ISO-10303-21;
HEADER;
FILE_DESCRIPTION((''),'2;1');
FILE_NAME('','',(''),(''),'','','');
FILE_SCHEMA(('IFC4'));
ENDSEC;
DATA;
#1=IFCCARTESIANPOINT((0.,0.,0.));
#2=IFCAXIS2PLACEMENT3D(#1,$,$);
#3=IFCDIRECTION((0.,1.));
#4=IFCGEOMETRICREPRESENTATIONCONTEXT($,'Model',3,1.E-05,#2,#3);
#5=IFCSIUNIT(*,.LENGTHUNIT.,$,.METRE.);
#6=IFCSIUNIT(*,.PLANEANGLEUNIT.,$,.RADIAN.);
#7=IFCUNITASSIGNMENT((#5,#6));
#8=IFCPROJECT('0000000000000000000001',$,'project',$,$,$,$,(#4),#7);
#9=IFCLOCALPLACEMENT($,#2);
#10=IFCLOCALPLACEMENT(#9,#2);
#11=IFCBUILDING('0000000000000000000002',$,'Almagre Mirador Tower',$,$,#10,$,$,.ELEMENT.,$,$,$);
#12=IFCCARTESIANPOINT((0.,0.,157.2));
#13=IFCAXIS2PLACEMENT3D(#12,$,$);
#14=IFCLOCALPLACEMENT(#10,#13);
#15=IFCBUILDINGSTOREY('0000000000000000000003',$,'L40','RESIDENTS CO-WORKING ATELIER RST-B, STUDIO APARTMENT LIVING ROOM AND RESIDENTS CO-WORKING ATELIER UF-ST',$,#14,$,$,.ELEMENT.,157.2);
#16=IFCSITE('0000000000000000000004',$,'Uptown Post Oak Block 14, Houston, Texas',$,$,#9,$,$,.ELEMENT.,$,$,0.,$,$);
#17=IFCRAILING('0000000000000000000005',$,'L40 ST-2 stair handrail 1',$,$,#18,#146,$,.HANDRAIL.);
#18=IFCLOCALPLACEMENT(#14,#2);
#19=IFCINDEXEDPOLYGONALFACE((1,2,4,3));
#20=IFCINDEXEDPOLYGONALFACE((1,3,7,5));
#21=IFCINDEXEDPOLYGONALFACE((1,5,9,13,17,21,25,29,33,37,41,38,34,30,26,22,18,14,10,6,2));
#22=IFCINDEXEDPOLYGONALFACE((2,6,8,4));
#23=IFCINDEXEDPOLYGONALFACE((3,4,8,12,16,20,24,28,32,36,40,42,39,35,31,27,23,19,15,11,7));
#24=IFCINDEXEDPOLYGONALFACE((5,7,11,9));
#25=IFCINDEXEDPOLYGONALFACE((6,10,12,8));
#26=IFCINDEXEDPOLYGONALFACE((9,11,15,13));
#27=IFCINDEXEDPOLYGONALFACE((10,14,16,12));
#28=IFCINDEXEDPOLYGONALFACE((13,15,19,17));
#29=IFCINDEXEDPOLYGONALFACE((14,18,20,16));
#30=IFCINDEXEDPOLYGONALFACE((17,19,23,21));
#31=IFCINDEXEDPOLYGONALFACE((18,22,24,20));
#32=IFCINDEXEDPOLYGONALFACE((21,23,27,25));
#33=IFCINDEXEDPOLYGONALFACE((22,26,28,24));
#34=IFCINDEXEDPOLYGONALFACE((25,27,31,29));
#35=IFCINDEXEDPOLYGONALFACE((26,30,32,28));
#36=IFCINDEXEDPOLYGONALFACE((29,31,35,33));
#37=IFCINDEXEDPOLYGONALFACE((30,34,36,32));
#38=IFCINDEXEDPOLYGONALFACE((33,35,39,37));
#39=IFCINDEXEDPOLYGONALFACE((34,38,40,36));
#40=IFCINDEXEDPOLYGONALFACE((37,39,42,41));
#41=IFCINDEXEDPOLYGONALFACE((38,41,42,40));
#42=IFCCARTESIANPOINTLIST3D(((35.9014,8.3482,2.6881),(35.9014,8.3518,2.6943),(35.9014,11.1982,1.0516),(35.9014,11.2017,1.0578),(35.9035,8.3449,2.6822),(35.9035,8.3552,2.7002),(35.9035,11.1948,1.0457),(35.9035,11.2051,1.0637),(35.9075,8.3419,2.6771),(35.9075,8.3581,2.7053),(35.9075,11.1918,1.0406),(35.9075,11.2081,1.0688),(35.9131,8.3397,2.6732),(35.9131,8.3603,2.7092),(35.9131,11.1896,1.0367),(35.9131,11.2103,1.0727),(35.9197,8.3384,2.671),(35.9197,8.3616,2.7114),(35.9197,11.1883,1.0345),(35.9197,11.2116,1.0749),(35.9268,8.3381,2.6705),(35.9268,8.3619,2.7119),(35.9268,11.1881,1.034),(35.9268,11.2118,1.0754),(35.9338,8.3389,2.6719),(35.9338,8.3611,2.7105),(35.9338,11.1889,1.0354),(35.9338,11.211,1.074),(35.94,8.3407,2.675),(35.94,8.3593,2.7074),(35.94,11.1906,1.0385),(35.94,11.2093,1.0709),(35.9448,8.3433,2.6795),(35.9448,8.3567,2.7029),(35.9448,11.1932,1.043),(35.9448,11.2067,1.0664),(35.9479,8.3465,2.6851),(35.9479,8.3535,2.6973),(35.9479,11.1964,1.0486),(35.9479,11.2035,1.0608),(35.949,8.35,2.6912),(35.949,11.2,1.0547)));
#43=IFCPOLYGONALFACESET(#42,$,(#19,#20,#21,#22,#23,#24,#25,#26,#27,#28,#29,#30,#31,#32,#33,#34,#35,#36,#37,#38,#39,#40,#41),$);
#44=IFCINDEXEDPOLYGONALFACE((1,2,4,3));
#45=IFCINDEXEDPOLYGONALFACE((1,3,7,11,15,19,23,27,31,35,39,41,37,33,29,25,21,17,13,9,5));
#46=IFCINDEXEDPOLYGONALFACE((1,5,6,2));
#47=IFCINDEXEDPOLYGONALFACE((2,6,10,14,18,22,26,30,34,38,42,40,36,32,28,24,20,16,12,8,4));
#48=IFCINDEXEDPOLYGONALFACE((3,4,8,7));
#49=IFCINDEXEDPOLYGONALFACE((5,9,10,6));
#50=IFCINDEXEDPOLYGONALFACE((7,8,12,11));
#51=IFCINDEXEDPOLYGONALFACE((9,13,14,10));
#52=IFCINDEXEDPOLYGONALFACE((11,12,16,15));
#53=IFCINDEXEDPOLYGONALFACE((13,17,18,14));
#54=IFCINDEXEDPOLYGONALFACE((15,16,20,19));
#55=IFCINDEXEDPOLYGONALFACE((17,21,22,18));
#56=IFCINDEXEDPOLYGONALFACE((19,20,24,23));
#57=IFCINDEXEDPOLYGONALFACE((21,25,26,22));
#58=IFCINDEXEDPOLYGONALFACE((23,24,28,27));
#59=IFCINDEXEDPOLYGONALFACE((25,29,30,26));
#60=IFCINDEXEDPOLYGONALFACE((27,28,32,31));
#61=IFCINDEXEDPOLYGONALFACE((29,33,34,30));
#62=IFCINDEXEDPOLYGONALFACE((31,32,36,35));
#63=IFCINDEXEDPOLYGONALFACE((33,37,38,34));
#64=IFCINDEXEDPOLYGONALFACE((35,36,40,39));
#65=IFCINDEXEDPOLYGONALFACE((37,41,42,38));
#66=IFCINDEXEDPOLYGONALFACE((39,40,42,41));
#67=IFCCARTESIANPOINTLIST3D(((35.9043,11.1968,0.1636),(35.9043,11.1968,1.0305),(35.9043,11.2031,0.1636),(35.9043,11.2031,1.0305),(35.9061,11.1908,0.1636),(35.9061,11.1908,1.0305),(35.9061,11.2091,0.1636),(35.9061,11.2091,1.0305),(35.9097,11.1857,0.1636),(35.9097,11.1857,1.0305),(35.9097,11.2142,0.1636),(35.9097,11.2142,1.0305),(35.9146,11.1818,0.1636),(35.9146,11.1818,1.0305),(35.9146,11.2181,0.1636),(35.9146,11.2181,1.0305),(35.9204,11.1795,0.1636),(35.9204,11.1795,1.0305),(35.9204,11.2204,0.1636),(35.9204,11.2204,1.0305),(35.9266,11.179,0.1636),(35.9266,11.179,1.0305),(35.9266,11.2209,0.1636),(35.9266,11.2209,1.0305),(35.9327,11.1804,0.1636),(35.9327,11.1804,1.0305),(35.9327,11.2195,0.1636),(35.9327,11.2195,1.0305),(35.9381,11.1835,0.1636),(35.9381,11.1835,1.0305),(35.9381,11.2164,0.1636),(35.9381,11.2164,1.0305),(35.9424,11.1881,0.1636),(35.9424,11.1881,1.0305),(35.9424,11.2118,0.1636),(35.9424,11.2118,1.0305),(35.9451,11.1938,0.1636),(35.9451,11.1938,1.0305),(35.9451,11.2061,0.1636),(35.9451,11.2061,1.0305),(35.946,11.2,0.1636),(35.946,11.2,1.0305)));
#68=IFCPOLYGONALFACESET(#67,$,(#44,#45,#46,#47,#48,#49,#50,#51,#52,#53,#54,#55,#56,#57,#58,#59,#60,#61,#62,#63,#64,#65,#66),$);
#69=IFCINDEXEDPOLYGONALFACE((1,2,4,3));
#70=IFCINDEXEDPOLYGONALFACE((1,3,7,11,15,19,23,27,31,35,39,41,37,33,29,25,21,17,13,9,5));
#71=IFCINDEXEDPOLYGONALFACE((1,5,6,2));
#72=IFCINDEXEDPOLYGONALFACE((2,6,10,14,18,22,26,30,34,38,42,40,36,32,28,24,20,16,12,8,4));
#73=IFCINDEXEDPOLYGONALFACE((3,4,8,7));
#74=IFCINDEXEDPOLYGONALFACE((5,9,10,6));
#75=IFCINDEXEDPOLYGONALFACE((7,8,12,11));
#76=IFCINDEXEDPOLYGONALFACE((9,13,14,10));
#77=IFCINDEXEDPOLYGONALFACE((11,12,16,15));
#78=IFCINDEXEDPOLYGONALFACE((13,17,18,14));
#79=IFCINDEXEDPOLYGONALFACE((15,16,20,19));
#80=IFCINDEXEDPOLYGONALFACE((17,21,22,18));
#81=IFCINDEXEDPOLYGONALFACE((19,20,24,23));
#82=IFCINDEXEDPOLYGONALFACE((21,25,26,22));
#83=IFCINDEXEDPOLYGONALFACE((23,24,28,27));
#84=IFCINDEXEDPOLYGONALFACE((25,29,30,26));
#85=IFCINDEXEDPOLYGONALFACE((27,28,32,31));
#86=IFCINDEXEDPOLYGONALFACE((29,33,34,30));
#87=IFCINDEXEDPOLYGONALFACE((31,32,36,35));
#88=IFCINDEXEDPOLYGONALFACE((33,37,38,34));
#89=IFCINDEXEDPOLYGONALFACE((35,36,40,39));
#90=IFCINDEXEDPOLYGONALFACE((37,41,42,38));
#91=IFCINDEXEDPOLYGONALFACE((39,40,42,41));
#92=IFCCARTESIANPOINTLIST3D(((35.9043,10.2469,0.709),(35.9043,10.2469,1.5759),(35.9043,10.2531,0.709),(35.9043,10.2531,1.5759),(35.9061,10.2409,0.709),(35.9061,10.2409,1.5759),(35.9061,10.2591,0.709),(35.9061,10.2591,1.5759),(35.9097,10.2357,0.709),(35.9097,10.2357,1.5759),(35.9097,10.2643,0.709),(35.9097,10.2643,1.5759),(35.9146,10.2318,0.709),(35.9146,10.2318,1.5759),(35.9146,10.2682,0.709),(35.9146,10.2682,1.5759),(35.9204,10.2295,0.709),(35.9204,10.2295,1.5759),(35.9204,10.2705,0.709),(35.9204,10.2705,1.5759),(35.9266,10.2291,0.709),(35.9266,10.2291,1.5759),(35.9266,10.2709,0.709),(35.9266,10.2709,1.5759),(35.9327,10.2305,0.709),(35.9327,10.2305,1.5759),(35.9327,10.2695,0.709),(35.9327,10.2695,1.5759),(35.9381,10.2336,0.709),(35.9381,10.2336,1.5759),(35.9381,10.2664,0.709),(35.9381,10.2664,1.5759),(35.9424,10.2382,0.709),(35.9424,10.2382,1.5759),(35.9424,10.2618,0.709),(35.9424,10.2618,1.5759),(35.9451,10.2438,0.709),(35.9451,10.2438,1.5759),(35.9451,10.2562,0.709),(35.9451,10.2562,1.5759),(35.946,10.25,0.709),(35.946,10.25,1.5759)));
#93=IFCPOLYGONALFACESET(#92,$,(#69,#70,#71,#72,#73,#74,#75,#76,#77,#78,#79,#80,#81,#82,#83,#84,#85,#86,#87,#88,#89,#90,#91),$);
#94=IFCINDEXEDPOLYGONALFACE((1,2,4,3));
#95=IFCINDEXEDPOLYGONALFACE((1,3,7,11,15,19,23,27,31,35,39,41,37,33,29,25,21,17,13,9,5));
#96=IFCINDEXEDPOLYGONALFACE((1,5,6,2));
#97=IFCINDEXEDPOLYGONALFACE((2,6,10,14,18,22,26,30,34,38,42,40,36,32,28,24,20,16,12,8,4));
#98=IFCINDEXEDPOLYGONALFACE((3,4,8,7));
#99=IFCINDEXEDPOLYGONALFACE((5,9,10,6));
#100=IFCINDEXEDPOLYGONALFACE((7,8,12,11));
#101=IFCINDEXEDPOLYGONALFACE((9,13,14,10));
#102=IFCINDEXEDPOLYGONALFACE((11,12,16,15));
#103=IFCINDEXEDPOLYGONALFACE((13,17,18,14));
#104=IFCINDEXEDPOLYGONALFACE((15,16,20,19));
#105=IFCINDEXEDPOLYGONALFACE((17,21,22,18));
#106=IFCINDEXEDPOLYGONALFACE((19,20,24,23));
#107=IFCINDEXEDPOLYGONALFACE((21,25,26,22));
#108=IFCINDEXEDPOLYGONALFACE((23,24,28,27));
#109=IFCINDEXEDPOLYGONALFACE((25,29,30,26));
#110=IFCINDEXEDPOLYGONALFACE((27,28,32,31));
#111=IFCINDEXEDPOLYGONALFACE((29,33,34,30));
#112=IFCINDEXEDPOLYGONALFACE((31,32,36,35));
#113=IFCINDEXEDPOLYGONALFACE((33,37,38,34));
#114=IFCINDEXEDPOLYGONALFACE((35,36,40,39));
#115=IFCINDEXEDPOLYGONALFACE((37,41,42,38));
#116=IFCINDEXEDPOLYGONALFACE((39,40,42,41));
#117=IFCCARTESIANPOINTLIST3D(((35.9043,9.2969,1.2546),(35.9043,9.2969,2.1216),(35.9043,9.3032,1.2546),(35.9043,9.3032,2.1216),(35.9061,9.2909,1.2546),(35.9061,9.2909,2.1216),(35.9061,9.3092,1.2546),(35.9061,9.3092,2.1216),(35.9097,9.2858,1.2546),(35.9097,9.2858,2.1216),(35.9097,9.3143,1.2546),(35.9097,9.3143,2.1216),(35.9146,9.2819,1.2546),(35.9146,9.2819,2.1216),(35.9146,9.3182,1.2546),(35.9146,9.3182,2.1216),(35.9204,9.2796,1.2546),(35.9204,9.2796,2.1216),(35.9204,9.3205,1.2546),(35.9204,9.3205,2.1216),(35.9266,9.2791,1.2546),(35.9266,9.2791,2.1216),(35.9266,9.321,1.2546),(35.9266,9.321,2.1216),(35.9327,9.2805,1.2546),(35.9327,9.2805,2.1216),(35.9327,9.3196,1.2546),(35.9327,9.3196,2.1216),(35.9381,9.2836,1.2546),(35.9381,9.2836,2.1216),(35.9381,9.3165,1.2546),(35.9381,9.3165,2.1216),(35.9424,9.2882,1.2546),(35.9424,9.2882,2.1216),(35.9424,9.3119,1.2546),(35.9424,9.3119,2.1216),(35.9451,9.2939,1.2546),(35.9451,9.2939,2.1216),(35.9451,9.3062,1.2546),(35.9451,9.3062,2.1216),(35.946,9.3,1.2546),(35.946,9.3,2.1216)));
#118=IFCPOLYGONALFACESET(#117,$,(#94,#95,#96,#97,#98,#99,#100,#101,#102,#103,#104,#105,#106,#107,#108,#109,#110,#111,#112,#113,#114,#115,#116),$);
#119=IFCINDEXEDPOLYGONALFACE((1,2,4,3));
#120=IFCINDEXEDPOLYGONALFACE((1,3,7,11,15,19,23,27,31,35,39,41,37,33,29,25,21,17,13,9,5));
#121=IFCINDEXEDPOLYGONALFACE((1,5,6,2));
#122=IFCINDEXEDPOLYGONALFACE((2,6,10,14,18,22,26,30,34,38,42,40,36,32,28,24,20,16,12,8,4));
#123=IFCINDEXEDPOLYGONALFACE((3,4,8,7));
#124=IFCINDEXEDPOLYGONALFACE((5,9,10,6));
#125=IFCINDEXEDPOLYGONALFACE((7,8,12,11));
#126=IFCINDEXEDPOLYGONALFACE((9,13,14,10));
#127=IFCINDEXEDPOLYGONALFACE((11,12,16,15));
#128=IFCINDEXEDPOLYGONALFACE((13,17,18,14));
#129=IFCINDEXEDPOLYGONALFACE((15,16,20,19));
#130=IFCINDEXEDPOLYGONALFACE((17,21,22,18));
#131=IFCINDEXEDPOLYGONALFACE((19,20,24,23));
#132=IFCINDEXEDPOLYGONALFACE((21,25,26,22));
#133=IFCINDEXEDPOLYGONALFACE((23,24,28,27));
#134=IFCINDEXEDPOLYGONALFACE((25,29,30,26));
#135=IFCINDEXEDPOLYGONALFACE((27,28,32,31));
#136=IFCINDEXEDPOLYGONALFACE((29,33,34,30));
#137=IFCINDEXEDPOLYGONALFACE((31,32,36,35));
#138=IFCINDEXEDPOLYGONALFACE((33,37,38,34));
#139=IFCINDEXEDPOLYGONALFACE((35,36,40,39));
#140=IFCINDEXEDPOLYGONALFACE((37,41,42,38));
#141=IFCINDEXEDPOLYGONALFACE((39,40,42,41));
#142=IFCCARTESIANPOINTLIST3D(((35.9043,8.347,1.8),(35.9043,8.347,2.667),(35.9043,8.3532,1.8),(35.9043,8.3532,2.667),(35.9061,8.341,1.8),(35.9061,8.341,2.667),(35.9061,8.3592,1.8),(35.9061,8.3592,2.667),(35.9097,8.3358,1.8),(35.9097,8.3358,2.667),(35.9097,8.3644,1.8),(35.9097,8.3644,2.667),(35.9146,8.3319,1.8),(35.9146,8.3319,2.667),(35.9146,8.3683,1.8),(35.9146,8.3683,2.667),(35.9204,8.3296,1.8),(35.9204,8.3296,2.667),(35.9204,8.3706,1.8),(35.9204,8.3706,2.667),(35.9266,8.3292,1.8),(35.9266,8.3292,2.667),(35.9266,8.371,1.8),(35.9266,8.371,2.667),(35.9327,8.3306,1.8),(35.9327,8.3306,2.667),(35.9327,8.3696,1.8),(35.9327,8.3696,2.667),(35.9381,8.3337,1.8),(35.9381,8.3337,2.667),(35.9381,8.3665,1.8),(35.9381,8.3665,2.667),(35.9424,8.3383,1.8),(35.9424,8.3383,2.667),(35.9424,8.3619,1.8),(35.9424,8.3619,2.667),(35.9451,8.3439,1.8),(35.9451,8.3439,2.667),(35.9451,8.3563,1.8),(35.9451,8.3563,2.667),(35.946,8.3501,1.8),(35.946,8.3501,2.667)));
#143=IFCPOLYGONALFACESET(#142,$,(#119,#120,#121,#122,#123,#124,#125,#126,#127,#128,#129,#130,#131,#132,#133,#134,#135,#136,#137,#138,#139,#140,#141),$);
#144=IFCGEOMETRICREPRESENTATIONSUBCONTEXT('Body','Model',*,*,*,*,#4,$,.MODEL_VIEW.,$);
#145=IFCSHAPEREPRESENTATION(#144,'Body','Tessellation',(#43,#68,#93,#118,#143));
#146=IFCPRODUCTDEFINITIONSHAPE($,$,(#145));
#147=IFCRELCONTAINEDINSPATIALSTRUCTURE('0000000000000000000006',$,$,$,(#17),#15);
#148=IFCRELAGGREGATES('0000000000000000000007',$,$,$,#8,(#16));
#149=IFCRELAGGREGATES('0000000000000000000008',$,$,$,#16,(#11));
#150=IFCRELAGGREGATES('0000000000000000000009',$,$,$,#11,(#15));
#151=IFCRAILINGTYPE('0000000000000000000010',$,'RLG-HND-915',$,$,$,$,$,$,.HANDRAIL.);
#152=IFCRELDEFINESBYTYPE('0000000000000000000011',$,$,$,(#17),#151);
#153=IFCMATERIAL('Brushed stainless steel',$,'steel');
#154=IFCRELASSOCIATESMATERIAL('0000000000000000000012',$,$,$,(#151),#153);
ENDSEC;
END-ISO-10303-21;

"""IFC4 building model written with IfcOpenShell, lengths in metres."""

from ifc_helpers import new_model, si_unit, direction, frame, origin, origin_2d, place, context, subcontext, project, spatial, circle, extrude, material, type_object, element, save


model = new_model("IFC4")

# Units and contexts
model_context = context("Model", 3, precision=1e-05, world=origin(), true_north=direction((0.0, 1.0)))
body_context = subcontext(model_context, "Body", "Model", "MODEL_VIEW")
ifc_project = project(units=[si_unit("LENGTHUNIT", "METRE"), si_unit("PLANEANGLEUNIT", "RADIAN")], contexts=[model_context])

# Site, building, storey
site_placement = place(None, origin())
site = spatial("IfcSite", under=ifc_project, at=site_placement, Name="Uptown Post Oak Block 14, Houston, Texas", CompositionType="ELEMENT", RefElevation=0.0)
building_placement = place(site_placement, origin())
building = spatial("IfcBuilding", under=site, at=building_placement, Name="Almagre Mirador Tower", CompositionType="ELEMENT")
storey_placement = place(building_placement, frame((0.0, 0.0, 157.2)))
storey = spatial("IfcBuildingStorey", under=building, at=storey_placement, Name="L40", Description="RESIDENTS CO-WORKING ATELIER RST-B, STUDIO APARTMENT LIVING ROOM AND RESIDENTS CO-WORKING ATELIER UF-ST", CompositionType="ELEMENT", Elevation=157.2)

# Railing
ifc_material_1 = material(Name="Brushed stainless steel", Category="steel")
railing_type_1 = type_object("IfcRailingType", Name="RLG-HND-915", PredefinedType="HANDRAIL", material=ifc_material_1)
railing_1_placement = place(storey_placement, frame((35.925, 11.2, 0.1636)))
element("IfcRailing", 1, at=railing_1_placement, inside=storey, type_object=railing_type_1, Name="L40 ST-2 stair handrail 1", PredefinedType="HANDRAIL", context=body_context, shape_type="SweptSolid", body=[
    extrude(circle(Radius=0.0239, at=origin_2d()), frame((0.0, 0.0, 0.8911), z_axis=(0.0, -0.867194, 0.49797), x_axis=(1.0, 0.0, 0.0)), (0.0, 0.0, 1.0), 3.2864),
    extrude(circle(Radius=0.021, at=origin_2d()), origin(), (0.0, 0.0, 1.0), 0.8669),
    extrude(circle(Radius=0.021, at=origin_2d()), frame((0.0, -0.95, 0.5454)), (0.0, 0.0, 1.0), 0.8669),
    extrude(circle(Radius=0.021, at=origin_2d()), frame((0.0, -1.8999, 1.0911)), (0.0, 0.0, 1.0), 0.8669),
    extrude(circle(Radius=0.021, at=origin_2d()), frame((0.0, -2.8499, 1.6365)), (0.0, 0.0, 1.0), 0.8669),
])

save(model, "model.ifc")
